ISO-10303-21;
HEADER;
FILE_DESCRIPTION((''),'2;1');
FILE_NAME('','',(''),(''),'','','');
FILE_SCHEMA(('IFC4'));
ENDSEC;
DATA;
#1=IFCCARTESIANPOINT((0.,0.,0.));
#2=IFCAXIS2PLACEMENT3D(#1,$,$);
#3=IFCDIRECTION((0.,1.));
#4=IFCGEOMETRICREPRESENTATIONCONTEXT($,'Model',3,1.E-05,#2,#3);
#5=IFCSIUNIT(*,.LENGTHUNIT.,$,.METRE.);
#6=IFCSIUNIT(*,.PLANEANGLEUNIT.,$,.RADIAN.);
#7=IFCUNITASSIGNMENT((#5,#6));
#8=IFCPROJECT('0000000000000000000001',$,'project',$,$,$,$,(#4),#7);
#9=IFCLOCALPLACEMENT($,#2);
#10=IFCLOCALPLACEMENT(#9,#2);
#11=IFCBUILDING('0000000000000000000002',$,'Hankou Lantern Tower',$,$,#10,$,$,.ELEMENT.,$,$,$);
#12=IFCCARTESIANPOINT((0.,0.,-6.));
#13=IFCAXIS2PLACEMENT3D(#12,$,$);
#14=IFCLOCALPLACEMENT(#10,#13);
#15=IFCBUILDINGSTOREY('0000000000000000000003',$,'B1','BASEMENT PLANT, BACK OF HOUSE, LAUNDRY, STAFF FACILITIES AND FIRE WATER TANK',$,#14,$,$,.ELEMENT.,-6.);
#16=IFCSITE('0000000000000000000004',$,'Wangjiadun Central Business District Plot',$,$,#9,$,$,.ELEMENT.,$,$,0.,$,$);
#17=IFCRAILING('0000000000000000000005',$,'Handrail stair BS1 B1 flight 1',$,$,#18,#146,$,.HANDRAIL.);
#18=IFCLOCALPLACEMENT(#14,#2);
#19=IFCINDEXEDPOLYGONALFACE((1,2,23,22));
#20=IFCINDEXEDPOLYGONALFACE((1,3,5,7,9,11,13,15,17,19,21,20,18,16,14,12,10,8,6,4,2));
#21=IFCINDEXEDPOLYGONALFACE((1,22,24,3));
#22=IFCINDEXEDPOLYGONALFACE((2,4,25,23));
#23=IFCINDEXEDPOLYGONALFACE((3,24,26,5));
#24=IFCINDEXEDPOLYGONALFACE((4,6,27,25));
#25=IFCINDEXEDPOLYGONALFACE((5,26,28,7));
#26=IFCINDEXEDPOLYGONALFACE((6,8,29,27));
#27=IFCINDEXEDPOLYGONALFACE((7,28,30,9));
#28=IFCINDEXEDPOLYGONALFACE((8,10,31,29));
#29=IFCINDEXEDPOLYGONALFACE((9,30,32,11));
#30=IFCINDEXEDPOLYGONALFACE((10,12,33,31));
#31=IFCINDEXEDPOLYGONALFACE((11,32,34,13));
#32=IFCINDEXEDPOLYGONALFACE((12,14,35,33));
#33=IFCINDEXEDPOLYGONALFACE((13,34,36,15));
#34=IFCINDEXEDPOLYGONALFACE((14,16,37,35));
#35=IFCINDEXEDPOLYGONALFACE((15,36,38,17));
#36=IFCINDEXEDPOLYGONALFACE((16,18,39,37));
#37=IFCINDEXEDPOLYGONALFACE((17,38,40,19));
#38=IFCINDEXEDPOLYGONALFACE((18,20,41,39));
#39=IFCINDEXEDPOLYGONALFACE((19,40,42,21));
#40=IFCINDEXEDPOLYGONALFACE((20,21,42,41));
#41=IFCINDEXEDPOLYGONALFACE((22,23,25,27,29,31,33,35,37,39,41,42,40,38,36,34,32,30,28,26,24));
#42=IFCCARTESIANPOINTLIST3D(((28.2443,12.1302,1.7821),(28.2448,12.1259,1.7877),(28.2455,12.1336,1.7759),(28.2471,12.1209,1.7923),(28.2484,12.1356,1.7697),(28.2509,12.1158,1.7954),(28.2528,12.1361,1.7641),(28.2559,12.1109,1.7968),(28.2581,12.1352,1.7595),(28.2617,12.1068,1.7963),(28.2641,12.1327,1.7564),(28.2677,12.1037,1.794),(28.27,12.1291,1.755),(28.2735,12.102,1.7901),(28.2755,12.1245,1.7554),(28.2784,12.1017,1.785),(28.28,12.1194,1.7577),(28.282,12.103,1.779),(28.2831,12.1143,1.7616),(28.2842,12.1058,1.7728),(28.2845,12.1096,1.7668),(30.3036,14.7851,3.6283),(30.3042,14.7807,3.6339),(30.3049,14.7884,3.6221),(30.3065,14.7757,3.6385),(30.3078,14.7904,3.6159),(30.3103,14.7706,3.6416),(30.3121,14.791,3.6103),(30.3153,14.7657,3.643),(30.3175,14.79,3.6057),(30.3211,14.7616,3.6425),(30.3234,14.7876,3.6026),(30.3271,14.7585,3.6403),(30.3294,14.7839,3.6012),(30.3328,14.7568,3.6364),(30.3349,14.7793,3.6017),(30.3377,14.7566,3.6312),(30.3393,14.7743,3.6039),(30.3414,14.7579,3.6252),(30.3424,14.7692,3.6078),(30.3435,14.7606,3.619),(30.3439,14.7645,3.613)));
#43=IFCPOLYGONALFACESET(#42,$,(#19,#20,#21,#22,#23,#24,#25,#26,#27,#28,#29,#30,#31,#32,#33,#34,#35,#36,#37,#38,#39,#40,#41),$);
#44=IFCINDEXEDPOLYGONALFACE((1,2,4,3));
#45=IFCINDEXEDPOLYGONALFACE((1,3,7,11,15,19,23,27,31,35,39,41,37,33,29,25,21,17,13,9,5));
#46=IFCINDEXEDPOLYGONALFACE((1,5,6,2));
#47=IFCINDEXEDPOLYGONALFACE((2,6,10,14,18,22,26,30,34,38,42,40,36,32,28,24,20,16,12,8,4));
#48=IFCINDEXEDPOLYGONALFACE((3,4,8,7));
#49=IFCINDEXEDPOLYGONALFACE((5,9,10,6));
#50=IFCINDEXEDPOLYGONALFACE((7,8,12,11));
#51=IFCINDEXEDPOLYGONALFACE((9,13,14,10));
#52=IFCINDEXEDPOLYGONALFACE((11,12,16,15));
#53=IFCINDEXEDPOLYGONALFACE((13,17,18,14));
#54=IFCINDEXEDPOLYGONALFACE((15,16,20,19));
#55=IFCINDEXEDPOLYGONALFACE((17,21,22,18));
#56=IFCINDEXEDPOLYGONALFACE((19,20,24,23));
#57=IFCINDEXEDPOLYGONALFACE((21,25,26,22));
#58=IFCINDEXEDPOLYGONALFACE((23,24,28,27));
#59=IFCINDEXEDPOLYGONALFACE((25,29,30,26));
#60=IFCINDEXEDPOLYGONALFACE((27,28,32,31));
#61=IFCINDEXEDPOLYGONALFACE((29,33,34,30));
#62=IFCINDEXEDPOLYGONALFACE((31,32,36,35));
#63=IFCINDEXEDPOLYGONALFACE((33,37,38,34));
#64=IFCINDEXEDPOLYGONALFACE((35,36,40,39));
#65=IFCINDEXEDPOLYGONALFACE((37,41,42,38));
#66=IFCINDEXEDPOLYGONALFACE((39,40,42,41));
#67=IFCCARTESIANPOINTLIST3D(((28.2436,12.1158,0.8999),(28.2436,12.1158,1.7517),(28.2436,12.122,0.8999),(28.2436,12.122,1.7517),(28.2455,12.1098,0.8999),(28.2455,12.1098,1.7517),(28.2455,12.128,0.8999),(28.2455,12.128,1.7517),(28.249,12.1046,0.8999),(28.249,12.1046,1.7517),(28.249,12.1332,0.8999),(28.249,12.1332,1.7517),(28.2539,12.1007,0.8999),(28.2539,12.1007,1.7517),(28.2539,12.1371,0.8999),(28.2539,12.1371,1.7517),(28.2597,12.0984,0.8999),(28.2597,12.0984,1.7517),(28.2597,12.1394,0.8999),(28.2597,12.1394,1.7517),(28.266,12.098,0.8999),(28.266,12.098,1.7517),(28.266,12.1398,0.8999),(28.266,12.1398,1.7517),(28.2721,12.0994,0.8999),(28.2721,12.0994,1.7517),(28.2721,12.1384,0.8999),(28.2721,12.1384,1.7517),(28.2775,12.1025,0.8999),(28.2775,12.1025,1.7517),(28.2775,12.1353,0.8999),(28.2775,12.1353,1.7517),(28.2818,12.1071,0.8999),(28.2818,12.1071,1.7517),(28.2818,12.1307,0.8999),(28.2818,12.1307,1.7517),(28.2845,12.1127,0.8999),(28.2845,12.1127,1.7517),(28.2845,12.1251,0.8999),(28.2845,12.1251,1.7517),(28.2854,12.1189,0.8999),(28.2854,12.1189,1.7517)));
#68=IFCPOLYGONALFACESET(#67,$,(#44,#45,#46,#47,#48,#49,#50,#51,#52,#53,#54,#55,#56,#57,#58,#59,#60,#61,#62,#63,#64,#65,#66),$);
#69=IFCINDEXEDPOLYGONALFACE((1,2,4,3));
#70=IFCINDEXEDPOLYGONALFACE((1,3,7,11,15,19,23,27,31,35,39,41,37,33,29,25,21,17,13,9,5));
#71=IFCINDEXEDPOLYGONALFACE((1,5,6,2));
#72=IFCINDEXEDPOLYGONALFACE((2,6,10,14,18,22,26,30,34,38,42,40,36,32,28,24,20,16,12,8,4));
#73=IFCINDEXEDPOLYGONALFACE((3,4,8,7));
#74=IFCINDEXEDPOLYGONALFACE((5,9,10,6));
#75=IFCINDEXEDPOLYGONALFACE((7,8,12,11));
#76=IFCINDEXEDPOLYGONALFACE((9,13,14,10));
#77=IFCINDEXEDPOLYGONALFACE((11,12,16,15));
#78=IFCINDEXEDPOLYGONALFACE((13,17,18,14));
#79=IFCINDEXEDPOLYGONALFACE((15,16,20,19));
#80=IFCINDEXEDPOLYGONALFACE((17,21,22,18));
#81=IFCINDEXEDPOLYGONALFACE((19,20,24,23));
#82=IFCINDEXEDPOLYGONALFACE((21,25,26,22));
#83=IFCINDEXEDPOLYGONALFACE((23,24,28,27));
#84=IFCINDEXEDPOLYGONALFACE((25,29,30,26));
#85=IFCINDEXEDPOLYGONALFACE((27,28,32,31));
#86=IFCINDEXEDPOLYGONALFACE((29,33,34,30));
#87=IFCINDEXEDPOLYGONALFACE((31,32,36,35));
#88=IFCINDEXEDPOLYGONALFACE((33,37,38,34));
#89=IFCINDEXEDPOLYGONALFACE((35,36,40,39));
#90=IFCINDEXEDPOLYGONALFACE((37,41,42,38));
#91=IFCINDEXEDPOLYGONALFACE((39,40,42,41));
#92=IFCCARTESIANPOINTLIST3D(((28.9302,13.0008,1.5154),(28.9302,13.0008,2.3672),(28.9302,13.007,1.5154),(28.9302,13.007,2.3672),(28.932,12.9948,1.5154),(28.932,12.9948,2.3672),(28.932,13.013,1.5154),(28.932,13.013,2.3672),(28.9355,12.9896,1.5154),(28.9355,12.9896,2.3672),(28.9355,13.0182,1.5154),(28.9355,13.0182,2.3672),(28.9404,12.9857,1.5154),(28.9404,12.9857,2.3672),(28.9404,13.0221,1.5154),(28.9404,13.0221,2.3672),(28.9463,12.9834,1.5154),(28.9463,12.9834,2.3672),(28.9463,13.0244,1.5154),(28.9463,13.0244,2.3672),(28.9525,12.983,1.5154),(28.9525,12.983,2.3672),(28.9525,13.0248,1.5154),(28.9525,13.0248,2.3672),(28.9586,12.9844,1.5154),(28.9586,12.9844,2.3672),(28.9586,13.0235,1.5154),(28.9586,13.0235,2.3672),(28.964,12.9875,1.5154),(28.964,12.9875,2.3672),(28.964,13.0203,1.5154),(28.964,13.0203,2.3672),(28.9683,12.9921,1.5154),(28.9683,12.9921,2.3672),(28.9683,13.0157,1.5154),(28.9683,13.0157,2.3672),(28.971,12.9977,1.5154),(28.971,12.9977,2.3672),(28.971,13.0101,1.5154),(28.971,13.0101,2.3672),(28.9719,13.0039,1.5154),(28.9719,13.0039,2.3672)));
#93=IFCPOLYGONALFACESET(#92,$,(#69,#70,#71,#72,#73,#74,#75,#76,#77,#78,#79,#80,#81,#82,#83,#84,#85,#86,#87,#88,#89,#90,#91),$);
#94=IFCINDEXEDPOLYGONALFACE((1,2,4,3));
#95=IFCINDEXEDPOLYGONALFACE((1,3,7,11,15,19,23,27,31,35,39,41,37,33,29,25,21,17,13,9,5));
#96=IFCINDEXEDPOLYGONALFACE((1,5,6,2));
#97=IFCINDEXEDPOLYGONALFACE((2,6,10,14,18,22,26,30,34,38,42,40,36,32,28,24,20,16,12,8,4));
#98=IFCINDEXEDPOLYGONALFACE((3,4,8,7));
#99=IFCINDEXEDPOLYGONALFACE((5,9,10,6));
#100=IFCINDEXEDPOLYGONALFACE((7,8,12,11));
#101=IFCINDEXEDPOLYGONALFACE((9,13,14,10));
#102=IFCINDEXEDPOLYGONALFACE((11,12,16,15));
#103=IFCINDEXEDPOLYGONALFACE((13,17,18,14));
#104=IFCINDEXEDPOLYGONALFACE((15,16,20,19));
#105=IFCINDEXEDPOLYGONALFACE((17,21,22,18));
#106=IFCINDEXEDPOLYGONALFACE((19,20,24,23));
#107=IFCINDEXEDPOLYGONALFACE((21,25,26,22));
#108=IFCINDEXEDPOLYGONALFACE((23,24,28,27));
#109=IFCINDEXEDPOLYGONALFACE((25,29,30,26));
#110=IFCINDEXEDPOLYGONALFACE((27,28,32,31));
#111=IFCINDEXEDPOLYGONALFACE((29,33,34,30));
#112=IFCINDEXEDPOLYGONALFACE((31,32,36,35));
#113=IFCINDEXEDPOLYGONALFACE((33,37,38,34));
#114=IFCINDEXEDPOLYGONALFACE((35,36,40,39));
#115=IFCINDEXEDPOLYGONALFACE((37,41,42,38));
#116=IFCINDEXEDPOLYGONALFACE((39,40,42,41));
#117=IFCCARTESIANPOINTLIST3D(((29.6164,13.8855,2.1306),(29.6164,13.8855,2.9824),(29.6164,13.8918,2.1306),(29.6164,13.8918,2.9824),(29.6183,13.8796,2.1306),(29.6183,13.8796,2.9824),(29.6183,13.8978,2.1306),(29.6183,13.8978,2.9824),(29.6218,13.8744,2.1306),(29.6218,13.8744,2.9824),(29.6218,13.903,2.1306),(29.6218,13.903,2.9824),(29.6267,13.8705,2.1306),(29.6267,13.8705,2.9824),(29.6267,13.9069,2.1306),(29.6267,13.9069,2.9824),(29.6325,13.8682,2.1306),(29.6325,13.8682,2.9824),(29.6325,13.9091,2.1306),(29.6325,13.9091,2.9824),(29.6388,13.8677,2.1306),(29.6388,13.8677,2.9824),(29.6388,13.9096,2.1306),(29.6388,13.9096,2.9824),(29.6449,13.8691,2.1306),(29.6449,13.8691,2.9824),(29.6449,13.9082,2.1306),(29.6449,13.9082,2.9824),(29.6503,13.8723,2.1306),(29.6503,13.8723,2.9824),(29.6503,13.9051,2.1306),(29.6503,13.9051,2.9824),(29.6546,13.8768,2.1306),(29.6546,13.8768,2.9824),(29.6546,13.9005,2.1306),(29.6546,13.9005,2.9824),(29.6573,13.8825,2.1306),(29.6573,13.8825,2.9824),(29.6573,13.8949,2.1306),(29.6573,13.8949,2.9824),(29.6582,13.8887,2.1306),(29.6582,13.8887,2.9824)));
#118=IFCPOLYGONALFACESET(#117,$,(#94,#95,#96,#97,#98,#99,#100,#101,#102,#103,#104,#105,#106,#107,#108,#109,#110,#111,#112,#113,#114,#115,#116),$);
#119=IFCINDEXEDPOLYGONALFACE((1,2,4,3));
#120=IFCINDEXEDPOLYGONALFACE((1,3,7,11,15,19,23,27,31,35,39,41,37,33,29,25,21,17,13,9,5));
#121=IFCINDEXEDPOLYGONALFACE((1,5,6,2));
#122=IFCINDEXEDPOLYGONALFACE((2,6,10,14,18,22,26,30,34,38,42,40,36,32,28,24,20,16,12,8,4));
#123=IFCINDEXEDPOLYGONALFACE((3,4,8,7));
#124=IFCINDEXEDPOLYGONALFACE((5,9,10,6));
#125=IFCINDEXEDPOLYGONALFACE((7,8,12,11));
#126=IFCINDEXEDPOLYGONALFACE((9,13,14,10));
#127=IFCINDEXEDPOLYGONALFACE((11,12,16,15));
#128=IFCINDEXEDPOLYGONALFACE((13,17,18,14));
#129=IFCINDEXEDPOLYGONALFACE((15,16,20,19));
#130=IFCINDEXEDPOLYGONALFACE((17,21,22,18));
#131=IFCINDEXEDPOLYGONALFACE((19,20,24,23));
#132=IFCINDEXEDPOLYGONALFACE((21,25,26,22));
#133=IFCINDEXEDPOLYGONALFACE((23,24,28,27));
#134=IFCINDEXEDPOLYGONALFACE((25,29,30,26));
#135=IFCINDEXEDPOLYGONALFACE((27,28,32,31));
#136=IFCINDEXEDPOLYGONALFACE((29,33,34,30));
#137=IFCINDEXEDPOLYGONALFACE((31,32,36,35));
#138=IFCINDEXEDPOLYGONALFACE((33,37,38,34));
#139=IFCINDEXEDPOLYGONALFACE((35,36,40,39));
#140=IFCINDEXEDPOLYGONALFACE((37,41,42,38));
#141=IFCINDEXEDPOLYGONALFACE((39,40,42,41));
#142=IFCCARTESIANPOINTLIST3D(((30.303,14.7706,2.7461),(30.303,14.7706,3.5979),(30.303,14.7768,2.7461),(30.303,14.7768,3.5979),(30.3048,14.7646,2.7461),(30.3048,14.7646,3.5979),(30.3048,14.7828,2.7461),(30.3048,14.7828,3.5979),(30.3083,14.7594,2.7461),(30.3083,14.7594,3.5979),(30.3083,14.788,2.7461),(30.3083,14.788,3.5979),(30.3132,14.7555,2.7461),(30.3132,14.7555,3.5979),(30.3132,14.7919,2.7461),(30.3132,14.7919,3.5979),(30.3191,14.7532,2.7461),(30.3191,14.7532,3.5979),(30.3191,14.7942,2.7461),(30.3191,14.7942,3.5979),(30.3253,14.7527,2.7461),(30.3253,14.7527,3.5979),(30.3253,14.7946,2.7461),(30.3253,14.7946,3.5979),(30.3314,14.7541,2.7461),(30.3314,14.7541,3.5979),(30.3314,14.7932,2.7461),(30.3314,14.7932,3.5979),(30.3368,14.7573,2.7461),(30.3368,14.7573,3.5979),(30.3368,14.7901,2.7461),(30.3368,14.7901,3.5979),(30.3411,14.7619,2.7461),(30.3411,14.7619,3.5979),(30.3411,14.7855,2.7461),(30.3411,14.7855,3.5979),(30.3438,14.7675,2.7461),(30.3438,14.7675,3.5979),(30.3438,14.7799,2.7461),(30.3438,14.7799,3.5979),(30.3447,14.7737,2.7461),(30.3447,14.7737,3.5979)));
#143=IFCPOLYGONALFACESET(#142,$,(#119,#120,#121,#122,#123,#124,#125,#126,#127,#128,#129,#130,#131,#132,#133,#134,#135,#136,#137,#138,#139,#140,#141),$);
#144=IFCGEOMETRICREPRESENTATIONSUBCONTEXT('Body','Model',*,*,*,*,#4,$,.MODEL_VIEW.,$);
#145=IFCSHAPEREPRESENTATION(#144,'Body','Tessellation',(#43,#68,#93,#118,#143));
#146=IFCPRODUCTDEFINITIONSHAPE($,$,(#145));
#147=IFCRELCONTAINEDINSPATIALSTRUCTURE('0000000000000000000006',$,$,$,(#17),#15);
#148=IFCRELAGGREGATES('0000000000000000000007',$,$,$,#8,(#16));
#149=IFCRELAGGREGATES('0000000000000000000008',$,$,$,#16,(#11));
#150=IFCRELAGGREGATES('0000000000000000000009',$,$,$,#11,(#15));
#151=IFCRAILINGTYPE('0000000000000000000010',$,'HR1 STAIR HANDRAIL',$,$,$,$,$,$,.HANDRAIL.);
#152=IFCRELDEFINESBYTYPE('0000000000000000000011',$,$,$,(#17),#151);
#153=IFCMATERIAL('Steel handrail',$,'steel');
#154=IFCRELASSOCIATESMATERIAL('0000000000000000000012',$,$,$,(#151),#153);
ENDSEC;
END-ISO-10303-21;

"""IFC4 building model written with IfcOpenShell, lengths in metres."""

from ifc_helpers import new_model, si_unit, direction, frame, origin, origin_2d, place, context, subcontext, project, spatial, circle, extrude, material, type_object, element, save


model = new_model("IFC4")

# Units and contexts
model_context = context("Model", 3, precision=1e-05, world=origin(), true_north=direction((0.0, 1.0)))
body_context = subcontext(model_context, "Body", "Model", "MODEL_VIEW")
ifc_project = project(units=[si_unit("LENGTHUNIT", "METRE"), si_unit("PLANEANGLEUNIT", "RADIAN")], contexts=[model_context])

# Site, building, storey
site_placement = place(None, origin())
site = spatial("IfcSite", under=ifc_project, at=site_placement, Name="Wangjiadun Central Business District Plot", CompositionType="ELEMENT", RefElevation=0.0)
building_placement = place(site_placement, origin())
building = spatial("IfcBuilding", under=site, at=building_placement, Name="Hankou Lantern Tower", CompositionType="ELEMENT")
storey_placement = place(building_placement, frame((0.0, 0.0, -6.0)))
storey = spatial("IfcBuildingStorey", under=building, at=storey_placement, Name="B1", Description="BASEMENT PLANT, BACK OF HOUSE, LAUNDRY, STAFF FACILITIES AND FIRE WATER TANK", CompositionType="ELEMENT", Elevation=-6.0)

# Railing
ifc_material_1 = material(Name="Steel handrail", Category="steel")
railing_type = type_object("IfcRailingType", Name="HR1 STAIR HANDRAIL", PredefinedType="HANDRAIL", material=ifc_material_1)
railing_1_placement = place(storey_placement, frame((28.2644, 12.1189, 0.8999)))
element("IfcRailing", 1, at=railing_1_placement, inside=storey, type_object=railing_type, Name="Handrail stair BS1 B1 flight 1", PredefinedType="HANDRAIL", context=body_context, shape_type="SweptSolid", body=[
    extrude(circle(Radius=0.0239, at=origin_2d()), frame((0.0, 0.0, 0.876), z_axis=(0.537166, 0.692489, 0.481571), x_axis=(-0.790146, 0.612919, 0.0)), (0.0, 0.0, 1.0), 3.8337),
    extrude(circle(Radius=0.021, at=origin_2d()), origin(), (0.0, 0.0, 1.0), 0.8518),
    extrude(circle(Radius=0.021, at=origin_2d()), frame((0.6865, 0.885, 0.6155)), (0.0, 0.0, 1.0), 0.8518),
    extrude(circle(Radius=0.021, at=origin_2d()), frame((1.3728, 1.7698, 1.2307)), (0.0, 0.0, 1.0), 0.8518),
    extrude(circle(Radius=0.021, at=origin_2d()), frame((2.0593, 2.6548, 1.8462)), (0.0, 0.0, 1.0), 0.8518),
])

save(model, "model.ifc")
